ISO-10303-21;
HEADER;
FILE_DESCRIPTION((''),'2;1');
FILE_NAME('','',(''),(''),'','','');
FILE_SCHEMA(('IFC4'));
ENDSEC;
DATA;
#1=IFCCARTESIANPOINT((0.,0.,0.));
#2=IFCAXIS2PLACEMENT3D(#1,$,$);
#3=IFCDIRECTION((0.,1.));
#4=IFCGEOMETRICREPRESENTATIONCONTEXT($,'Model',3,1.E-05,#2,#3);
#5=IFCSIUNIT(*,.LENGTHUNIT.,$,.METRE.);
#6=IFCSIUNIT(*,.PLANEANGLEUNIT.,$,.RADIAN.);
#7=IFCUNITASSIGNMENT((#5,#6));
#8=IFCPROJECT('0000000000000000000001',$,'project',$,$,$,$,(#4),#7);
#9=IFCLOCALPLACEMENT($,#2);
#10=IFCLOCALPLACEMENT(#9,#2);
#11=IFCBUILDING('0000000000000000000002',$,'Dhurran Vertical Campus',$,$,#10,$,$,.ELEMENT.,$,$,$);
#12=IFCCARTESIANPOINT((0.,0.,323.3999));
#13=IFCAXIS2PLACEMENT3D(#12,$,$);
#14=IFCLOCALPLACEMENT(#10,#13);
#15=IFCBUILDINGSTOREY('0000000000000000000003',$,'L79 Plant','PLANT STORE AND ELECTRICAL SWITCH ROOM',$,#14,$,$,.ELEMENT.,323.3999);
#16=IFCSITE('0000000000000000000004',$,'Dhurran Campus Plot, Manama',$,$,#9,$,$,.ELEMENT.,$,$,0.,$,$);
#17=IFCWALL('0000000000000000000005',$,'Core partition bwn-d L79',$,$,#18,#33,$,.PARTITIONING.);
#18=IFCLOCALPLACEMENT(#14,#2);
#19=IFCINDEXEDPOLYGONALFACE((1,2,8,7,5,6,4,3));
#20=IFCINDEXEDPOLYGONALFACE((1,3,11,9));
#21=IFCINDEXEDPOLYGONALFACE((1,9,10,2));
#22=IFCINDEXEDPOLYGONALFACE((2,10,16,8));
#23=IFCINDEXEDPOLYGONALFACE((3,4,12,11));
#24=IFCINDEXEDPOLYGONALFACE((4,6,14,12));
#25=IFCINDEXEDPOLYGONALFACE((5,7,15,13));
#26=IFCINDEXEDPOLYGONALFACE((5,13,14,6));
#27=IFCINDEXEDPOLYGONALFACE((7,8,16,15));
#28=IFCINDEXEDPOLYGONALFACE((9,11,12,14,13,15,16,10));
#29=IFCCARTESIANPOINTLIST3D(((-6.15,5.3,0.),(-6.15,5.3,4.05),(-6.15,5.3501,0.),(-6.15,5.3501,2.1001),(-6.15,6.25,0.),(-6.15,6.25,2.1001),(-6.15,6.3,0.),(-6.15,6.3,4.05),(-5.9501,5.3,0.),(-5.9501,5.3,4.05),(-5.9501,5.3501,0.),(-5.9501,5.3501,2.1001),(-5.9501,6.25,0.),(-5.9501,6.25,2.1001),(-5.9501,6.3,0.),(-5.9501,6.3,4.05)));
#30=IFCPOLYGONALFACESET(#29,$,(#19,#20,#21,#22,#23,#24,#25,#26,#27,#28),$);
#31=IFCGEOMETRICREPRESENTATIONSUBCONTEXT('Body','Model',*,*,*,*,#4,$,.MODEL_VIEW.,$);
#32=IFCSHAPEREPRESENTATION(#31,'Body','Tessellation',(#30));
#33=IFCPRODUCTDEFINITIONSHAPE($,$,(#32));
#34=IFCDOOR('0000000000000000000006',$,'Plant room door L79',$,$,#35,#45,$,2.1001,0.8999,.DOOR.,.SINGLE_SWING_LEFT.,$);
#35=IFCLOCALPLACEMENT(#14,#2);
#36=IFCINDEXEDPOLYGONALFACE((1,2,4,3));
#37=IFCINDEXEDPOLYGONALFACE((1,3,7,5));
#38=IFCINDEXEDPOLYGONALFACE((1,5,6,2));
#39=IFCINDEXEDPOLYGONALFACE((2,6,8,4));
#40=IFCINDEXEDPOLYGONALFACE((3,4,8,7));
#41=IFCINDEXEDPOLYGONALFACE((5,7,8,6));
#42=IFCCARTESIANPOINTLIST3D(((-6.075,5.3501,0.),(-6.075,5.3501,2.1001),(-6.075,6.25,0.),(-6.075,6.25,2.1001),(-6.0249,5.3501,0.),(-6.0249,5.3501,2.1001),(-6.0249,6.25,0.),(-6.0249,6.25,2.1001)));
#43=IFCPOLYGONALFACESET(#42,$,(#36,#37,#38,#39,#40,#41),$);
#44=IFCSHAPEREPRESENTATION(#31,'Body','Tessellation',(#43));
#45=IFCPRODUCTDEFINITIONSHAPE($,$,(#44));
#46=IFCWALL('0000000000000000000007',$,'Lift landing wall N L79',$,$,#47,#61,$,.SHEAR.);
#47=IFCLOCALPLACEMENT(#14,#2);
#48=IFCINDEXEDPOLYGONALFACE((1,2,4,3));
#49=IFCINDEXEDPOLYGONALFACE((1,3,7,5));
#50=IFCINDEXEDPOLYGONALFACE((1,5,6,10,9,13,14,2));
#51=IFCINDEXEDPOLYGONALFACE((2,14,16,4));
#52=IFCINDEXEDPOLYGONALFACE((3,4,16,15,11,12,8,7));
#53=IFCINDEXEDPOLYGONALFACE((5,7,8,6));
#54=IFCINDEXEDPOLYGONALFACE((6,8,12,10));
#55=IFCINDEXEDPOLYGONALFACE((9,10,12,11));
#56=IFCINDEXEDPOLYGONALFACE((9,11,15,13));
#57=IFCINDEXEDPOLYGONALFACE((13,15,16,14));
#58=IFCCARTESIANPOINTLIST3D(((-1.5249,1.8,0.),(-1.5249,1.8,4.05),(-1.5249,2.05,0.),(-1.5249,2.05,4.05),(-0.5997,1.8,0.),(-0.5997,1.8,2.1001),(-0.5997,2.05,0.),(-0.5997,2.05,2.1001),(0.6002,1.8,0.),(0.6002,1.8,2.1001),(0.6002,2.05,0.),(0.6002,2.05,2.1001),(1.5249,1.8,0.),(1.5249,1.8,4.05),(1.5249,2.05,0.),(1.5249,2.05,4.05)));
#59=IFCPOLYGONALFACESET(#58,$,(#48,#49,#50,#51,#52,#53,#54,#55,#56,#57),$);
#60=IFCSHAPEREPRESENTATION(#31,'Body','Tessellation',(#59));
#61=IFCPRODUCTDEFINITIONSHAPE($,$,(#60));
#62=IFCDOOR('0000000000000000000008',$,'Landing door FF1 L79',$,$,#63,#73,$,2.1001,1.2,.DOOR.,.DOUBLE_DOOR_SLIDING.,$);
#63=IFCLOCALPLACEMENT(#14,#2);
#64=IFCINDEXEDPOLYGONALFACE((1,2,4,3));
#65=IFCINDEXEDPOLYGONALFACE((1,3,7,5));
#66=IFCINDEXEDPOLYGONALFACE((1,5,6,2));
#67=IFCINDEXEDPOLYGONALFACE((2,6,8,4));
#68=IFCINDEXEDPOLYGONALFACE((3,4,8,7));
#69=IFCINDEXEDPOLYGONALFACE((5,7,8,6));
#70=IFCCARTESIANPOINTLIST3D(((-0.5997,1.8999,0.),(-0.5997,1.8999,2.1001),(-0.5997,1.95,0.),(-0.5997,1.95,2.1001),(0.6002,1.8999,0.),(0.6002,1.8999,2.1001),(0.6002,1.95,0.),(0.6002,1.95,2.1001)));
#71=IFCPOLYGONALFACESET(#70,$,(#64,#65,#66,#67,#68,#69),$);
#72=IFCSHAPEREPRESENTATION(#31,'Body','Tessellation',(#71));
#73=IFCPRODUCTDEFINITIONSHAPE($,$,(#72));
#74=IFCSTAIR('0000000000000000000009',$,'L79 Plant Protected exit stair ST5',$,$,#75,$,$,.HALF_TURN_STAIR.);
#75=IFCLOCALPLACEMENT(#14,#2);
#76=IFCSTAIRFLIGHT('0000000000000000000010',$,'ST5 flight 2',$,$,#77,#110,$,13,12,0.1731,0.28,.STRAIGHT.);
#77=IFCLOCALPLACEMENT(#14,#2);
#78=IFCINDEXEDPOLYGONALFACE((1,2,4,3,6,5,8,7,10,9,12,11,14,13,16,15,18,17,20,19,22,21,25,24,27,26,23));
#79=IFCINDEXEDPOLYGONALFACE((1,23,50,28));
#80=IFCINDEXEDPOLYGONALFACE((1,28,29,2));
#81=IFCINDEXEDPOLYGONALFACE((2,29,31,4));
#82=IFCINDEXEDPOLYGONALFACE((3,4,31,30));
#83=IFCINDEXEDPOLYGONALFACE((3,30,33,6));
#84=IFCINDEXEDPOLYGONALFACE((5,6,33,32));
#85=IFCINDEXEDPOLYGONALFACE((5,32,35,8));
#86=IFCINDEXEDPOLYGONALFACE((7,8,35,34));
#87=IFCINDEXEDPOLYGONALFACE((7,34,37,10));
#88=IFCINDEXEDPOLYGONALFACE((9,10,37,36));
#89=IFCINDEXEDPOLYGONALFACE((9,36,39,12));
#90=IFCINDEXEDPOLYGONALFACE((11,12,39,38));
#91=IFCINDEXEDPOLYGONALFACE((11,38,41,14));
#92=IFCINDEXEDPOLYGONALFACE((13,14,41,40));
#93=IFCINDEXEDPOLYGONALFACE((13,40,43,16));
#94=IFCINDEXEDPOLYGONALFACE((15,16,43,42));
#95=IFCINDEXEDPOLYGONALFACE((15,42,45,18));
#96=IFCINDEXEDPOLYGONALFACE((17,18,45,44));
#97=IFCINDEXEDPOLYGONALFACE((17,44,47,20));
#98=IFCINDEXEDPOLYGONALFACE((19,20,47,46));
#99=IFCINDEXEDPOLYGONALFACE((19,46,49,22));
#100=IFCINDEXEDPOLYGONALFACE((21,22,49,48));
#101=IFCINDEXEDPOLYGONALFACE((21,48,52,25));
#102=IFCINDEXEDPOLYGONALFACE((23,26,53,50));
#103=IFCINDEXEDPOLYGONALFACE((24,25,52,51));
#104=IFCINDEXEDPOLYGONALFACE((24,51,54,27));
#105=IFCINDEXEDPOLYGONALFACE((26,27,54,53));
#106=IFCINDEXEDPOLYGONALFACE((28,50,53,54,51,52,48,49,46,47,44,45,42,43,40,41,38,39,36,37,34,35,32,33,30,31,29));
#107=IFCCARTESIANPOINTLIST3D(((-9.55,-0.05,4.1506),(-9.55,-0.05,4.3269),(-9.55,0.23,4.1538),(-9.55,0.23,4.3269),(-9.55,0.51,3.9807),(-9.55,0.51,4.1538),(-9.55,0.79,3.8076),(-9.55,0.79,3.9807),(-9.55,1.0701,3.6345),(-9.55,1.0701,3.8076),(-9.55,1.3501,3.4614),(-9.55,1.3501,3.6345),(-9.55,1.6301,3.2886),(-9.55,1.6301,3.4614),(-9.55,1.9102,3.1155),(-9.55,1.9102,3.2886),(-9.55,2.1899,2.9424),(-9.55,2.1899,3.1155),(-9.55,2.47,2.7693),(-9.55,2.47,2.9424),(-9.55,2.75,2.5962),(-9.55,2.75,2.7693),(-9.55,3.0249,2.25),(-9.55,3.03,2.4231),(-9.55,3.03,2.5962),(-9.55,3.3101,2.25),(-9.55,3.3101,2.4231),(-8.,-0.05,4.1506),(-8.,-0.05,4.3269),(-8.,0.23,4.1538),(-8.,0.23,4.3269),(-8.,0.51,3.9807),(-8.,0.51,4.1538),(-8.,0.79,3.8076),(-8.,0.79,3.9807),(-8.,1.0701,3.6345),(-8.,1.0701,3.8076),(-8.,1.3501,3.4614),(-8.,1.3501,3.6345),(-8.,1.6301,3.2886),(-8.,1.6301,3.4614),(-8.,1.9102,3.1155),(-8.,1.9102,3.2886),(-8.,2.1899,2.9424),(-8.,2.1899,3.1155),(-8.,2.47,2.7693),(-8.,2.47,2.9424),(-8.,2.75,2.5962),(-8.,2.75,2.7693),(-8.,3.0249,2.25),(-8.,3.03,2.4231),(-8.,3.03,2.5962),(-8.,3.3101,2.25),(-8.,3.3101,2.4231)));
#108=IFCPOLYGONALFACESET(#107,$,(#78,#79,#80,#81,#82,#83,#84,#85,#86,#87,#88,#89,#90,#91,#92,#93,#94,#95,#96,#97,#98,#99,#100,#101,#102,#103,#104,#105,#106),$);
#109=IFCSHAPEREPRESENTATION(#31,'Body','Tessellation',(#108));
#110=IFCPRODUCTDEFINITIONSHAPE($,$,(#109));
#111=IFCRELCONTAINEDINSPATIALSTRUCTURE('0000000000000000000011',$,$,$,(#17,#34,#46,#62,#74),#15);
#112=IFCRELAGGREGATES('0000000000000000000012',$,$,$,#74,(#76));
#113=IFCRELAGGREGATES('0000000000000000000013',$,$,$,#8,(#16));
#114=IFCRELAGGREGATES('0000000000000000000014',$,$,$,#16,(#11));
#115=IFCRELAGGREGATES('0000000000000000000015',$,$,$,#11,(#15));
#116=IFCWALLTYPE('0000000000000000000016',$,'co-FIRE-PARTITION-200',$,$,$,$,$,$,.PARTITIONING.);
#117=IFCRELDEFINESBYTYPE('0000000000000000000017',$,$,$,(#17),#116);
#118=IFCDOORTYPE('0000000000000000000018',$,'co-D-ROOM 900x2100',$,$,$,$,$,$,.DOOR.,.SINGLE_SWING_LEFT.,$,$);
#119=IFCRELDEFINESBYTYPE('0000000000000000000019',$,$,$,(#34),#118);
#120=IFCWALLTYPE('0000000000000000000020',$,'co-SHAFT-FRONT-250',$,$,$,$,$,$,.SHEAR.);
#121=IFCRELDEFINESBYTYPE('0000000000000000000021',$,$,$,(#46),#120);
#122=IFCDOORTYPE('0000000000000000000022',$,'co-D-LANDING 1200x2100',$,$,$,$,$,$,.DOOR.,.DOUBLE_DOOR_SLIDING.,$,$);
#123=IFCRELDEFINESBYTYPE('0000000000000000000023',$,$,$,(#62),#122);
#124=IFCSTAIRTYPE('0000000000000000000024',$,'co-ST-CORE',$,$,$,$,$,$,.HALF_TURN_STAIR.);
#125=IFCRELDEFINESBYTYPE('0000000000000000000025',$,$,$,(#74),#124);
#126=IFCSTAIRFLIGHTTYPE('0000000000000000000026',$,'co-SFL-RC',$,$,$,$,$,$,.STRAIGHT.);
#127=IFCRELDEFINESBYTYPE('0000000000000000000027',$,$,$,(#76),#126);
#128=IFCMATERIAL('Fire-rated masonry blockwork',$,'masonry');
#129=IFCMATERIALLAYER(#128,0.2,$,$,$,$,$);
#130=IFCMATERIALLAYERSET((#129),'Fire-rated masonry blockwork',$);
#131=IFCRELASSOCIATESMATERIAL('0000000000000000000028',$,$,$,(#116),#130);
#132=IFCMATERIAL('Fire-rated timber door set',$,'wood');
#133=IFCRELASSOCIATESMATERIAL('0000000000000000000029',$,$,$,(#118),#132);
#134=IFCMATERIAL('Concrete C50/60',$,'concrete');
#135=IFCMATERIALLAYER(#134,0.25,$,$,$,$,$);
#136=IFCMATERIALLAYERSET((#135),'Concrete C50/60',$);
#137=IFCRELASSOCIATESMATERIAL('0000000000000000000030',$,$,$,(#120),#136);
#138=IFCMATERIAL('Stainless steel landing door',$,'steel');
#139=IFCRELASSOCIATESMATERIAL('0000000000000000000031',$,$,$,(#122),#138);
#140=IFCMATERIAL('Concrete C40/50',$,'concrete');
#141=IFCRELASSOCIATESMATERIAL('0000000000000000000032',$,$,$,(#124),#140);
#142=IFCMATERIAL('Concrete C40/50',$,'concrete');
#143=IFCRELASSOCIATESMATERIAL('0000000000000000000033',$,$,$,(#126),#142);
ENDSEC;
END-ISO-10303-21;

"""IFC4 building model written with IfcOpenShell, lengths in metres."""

from ifc_helpers import new_model, si_unit, direction, frame, frame_2d, origin, place, context, subcontext, project, spatial, polyline, rectangle, outline, extrude, material, layer, layer_set, type_object, element, fill, aggregate, save


model = new_model("IFC4")

# Units and contexts
model_context = context("Model", 3, precision=1e-05, world=origin(), true_north=direction((0.0, 1.0)))
body_context = subcontext(model_context, "Body", "Model", "MODEL_VIEW")
ifc_project = project(units=[si_unit("LENGTHUNIT", "METRE"), si_unit("PLANEANGLEUNIT", "RADIAN")], contexts=[model_context])

# Site, building, storey
site_placement = place(None, origin())
site = spatial("IfcSite", under=ifc_project, at=site_placement, Name="Dhurran Campus Plot, Manama", CompositionType="ELEMENT", RefElevation=0.0)
building_placement = place(site_placement, origin())
building = spatial("IfcBuilding", under=site, at=building_placement, Name="Dhurran Vertical Campus", CompositionType="ELEMENT")
storey_placement = place(building_placement, frame((0.0, 0.0, 323.3999)))
storey = spatial("IfcBuildingStorey", under=building, at=storey_placement, Name="L79 Plant", Description="PLANT STORE AND ELECTRICAL SWITCH ROOM", CompositionType="ELEMENT", Elevation=323.3999)

# Walls, openings, doors
ifc_material_1 = material(Name="Fire-rated masonry blockwork", Category="masonry")
ifc_layer_1 = layer(ifc_material_1, 0.2)
ifc_layer_set_1 = layer_set([ifc_layer_1], Name="Fire-rated masonry blockwork")
wall_type_1 = type_object("IfcWallType", Name="co-FIRE-PARTITION-200", PredefinedType="PARTITIONING", material=ifc_layer_set_1)
ifc_material_2 = material(Name="Fire-rated timber door set", Category="wood")
door_type_1 = type_object("IfcDoorType", Name="co-D-ROOM 900x2100", OperationType="SINGLE_SWING_LEFT", PredefinedType="DOOR", material=ifc_material_2)
wall_1_placement = place(storey_placement, frame((-6.05, 5.3, 0.0), z_axis=(0.0, 0.0, 1.0), x_axis=(0.0, 1.0, 0.0)))
wall_1 = element("IfcWall", 1, at=wall_1_placement, inside=storey, type_object=wall_type_1, Name="Core partition bwn-d L79", PredefinedType="PARTITIONING", context=body_context, shape_type="SweptSolid", body=[
    extrude(rectangle(XDim=1.0, YDim=0.2, at=frame_2d((0.5, 0.0))), origin(), (0.0, 0.0, 1.0), 4.05),
])
opening_1_placement = place(wall_1_placement, frame((0.05, 0.0, 0.0)))
opening_1 = element("IfcOpeningElement", 2, at=opening_1_placement, cuts=wall_1, PredefinedType="OPENING", context=body_context, shape_type="SweptSolid", body=[
    extrude(rectangle(XDim=0.8999, YDim=2.1001, at=frame_2d((0.45, 1.05))), frame((0.0, 0.1099, 0.0), z_axis=(0.0, -1.0, 0.0), x_axis=(1.0, 0.0, 0.0)), (0.0, 0.0, 1.0), 0.22),
])
door_1_placement = place(opening_1_placement, origin())
door_1 = element("IfcDoor", 3, at=door_1_placement, inside=storey, type_object=door_type_1, Name="Plant room door L79", OperationType="SINGLE_SWING_LEFT", OverallHeight=2.1001, OverallWidth=0.8999, PredefinedType="DOOR", context=body_context, shape_type="SweptSolid", body=[
    extrude(rectangle(XDim=0.8999, YDim=2.1001, at=frame_2d((0.45, 1.05))), frame((0.0, 0.0249, 0.0), z_axis=(0.0, -1.0, 0.0), x_axis=(1.0, 0.0, 0.0)), (0.0, 0.0, 1.0), 0.05),
])
fill(opening_1, door_1)
ifc_material_3 = material(Name="Concrete C50/60", Category="concrete")
ifc_layer_2 = layer(ifc_material_3, 0.25)
ifc_layer_set_2 = layer_set([ifc_layer_2], Name="Concrete C50/60")
wall_type_2 = type_object("IfcWallType", Name="co-SHAFT-FRONT-250", PredefinedType="SHEAR", material=ifc_layer_set_2)
wall_2_placement = place(storey_placement, frame((-1.5249, 1.925, 0.0), z_axis=(0.0, 0.0, 1.0), x_axis=(1.0, 0.0, 0.0)))
wall_2 = element("IfcWall", 4, at=wall_2_placement, inside=storey, type_object=wall_type_2, Name="Lift landing wall N L79", PredefinedType="SHEAR", context=body_context, shape_type="SweptSolid", body=[
    extrude(rectangle(XDim=3.0498, YDim=0.25, at=frame_2d((1.5249, 0.0))), origin(), (0.0, 0.0, 1.0), 4.05),
])
opening_2_placement = place(wall_2_placement, frame((0.925, 0.0, 0.0)))
opening_2 = element("IfcOpeningElement", 5, at=opening_2_placement, cuts=wall_2, PredefinedType="OPENING", context=body_context, shape_type="SweptSolid", body=[
    extrude(rectangle(XDim=1.2, YDim=2.1001, at=frame_2d((0.6001, 1.05))), frame((0.0, 0.135, 0.0), z_axis=(0.0, -1.0, 0.0), x_axis=(1.0, 0.0, 0.0)), (0.0, 0.0, 1.0), 0.27),
])
ifc_material_4 = material(Name="Stainless steel landing door", Category="steel")
door_type_2 = type_object("IfcDoorType", Name="co-D-LANDING 1200x2100", OperationType="DOUBLE_DOOR_SLIDING", PredefinedType="DOOR", material=ifc_material_4)
door_2_placement = place(opening_2_placement, origin())
door_2 = element("IfcDoor", 6, at=door_2_placement, inside=storey, type_object=door_type_2, Name="Landing door FF1 L79", OperationType="DOUBLE_DOOR_SLIDING", OverallHeight=2.1001, OverallWidth=1.2, PredefinedType="DOOR", context=body_context, shape_type="SweptSolid", body=[
    extrude(rectangle(XDim=1.2, YDim=2.1001, at=frame_2d((0.6001, 1.05))), frame((0.0, 0.0249, 0.0), z_axis=(0.0, -1.0, 0.0), x_axis=(1.0, 0.0, 0.0)), (0.0, 0.0, 1.0), 0.05),
])
fill(opening_2, door_2)

# Stair, stair flight
ifc_material_5 = material(Name="Concrete C40/50", Category="concrete")
stair_type = type_object("IfcStairType", Name="co-ST-CORE", PredefinedType="HALF_TURN_STAIR", material=ifc_material_5)
stair_placement = place(storey_placement, origin())
stair = element("IfcStair", 7, at=stair_placement, inside=storey, type_object=stair_type, Name="L79 Plant Protected exit stair ST5", PredefinedType="HALF_TURN_STAIR")
ifc_material_6 = material(Name="Concrete C40/50", Category="concrete")
stair_flight_type = type_object("IfcStairFlightType", Name="co-SFL-RC", PredefinedType="STRAIGHT", material=ifc_material_6)
stair_flight_placement = place(storey_placement, frame((-8.7749, 3.3101, 2.25), z_axis=(0.0, 0.0, 1.0), x_axis=(0.0, -1.0, 0.0)))
stair_flight = element("IfcStairFlight", 8, at=stair_flight_placement, type_object=stair_flight_type, Name="ST5 flight 2", NumberOfRisers=13, NumberOfTreads=12, PredefinedType="STRAIGHT", RiserHeight=0.1731, TreadLength=0.28, context=body_context, shape_type="SweptSolid", body=[
    extrude(outline(polyline([(0.0, 0.0), (0.0, 0.1731), (0.28, 0.1731), (0.28, 0.3462), (0.5601, 0.3462), (0.5601, 0.5193), (0.8401, 0.5193), (0.8401, 0.6924), (1.1201, 0.6924), (1.1201, 0.8655), (1.3999, 0.8655), (1.3999, 1.0386), (1.6799, 1.0386), (1.6799, 1.2114), (1.96, 1.2114), (1.96, 1.3845), (2.24, 1.3845), (2.24, 1.5576), (2.52, 1.5576), (2.52, 1.7307), (2.8, 1.7307), (2.8, 1.9038), (3.0801, 1.9038), (3.0801, 2.0769), (3.3601, 2.0769), (3.3601, 2.25), (3.3601, 1.9006), (0.2852, 0.0), (0.0, 0.0)])), frame((0.0, 0.7749, 0.0), z_axis=(0.0, -1.0, 0.0), x_axis=(1.0, 0.0, 0.0)), (0.0, 0.0, 1.0), 1.55),
])
aggregate(stair, [stair_flight])

save(model, "model.ifc")
